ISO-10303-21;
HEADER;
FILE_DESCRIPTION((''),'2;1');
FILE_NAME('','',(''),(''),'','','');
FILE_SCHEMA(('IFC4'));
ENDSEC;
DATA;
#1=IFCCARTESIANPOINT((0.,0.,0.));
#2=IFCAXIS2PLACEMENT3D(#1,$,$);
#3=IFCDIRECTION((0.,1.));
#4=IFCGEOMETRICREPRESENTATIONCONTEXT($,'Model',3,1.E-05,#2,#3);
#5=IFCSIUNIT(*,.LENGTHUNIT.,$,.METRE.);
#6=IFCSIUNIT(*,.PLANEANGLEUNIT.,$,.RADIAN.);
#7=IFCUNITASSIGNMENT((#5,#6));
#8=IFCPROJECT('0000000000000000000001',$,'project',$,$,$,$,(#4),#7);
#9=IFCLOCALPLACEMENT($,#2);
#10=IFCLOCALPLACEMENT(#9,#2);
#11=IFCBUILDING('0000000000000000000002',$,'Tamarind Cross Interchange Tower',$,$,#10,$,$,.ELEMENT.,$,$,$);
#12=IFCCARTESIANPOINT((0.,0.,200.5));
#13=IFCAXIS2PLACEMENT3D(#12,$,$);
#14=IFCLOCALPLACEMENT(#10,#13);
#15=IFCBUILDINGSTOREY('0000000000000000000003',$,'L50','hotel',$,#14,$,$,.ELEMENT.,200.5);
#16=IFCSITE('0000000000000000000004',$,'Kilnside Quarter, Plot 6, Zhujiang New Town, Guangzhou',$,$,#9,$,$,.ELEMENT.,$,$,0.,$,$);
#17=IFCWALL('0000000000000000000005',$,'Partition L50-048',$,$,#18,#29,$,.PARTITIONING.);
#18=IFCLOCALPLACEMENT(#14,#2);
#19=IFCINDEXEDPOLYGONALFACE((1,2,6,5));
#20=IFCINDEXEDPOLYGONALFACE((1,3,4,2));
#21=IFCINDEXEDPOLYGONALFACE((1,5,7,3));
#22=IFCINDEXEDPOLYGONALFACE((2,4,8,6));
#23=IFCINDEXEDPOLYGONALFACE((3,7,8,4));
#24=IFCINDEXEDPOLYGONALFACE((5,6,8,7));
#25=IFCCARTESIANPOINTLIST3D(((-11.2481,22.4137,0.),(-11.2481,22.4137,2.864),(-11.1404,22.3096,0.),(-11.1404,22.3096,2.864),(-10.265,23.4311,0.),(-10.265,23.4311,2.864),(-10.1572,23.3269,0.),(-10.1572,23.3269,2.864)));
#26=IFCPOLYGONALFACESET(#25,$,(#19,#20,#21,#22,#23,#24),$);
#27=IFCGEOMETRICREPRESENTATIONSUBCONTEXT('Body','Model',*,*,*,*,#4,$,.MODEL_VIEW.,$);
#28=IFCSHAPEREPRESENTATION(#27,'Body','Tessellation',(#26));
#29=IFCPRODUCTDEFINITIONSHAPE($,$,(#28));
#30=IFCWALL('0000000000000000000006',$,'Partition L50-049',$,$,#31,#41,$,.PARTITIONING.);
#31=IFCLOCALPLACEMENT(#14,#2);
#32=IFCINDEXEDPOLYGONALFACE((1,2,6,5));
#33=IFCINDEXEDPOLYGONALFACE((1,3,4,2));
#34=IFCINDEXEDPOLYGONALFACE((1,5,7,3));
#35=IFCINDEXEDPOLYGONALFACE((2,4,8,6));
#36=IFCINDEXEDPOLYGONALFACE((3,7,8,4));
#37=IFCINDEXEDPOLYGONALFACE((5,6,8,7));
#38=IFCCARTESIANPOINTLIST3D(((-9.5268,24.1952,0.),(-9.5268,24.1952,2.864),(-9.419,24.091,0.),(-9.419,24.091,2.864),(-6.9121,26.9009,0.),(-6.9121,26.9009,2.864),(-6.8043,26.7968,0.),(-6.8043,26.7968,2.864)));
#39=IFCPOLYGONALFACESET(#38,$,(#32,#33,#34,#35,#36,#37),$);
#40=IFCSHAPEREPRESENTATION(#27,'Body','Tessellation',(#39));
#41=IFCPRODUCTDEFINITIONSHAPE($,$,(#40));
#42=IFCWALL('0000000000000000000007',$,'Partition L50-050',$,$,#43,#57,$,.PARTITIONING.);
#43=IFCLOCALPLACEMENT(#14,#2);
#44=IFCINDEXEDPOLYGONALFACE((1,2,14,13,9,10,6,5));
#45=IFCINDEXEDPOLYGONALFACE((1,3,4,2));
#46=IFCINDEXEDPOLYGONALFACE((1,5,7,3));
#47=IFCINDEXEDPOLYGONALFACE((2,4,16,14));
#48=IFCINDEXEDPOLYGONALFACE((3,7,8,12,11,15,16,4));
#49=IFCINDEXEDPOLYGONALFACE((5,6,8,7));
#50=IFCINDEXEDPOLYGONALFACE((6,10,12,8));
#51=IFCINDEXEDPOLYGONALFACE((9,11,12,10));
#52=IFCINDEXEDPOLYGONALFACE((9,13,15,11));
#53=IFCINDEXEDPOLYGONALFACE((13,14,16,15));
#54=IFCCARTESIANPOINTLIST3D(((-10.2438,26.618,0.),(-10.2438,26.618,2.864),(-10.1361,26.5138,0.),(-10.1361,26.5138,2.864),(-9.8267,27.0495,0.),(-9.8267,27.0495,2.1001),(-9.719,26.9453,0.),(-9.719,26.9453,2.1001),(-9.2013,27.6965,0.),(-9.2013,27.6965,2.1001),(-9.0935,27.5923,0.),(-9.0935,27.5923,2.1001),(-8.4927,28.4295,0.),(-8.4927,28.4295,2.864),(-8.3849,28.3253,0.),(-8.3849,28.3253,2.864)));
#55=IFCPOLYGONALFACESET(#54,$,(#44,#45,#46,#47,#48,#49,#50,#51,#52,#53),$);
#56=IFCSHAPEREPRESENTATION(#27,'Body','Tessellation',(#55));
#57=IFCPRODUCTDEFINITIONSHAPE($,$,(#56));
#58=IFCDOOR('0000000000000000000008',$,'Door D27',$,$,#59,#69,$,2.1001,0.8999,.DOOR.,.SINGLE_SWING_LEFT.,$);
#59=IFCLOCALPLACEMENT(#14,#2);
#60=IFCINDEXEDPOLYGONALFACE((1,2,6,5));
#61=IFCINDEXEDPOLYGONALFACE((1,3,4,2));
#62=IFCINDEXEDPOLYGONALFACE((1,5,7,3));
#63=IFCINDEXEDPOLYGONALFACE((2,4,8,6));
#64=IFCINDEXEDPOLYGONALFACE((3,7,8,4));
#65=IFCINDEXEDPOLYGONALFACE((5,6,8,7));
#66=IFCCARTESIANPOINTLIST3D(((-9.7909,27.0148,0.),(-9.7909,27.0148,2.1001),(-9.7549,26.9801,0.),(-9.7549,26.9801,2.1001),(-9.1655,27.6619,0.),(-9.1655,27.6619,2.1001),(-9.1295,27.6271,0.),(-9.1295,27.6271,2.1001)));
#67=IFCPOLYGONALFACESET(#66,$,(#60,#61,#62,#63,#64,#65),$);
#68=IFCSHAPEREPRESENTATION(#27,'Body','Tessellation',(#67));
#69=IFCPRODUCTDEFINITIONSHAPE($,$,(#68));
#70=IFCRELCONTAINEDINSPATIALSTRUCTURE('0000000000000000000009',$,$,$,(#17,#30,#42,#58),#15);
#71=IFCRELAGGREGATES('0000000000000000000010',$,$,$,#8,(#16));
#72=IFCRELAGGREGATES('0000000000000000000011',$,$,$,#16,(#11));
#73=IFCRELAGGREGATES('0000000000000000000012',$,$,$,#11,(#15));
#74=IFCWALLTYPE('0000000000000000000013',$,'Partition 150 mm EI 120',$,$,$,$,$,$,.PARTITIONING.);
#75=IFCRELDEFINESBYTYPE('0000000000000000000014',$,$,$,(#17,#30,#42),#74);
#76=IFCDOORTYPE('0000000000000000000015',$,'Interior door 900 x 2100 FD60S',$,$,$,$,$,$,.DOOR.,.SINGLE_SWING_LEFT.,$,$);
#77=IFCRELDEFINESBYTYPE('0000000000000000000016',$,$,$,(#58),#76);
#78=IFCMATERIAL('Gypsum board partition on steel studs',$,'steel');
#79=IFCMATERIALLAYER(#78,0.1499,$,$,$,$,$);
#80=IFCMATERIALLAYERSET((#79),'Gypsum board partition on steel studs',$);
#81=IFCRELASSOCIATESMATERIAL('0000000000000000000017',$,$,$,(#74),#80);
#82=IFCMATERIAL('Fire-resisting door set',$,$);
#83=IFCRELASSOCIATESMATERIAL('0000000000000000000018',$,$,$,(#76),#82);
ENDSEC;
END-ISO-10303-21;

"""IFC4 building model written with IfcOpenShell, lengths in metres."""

from ifc_helpers import new_model, si_unit, direction, frame, frame_2d, origin, place, context, subcontext, project, spatial, rectangle, extrude, material, layer, layer_set, type_object, element, fill, save


model = new_model("IFC4")

# Units and contexts
model_context = context("Model", 3, precision=1e-05, world=origin(), true_north=direction((0.0, 1.0)))
body_context = subcontext(model_context, "Body", "Model", "MODEL_VIEW")
ifc_project = project(units=[si_unit("LENGTHUNIT", "METRE"), si_unit("PLANEANGLEUNIT", "RADIAN")], contexts=[model_context])

# Site, building, storey
site_placement = place(None, origin())
site = spatial("IfcSite", under=ifc_project, at=site_placement, Name="Kilnside Quarter, Plot 6, Zhujiang New Town, Guangzhou", CompositionType="ELEMENT", RefElevation=0.0)
building_placement = place(site_placement, origin())
building = spatial("IfcBuilding", under=site, at=building_placement, Name="Tamarind Cross Interchange Tower", CompositionType="ELEMENT")
storey_placement = place(building_placement, frame((0.0, 0.0, 200.5)))
storey = spatial("IfcBuildingStorey", under=building, at=storey_placement, Name="L50", Description="hotel", CompositionType="ELEMENT", Elevation=200.5)

# Shared definitions
ifc_material_1 = material(Name="Gypsum board partition on steel studs", Category="steel")
ifc_layer_1 = layer(ifc_material_1, 0.1499)
ifc_layer_set_1 = layer_set([ifc_layer_1], Name="Gypsum board partition on steel studs")
wall_type = type_object("IfcWallType", Name="Partition 150 mm EI 120", PredefinedType="PARTITIONING", material=ifc_layer_set_1)

# Shared definitions
ifc_material_2 = material(Name="Fire-resisting door set")
door_type_1 = type_object("IfcDoorType", Name="Interior door 900 x 2100 FD60S", OperationType="SINGLE_SWING_LEFT", PredefinedType="DOOR", material=ifc_material_2)

# Walls
wall_1_placement = place(storey_placement, frame((-11.1943, 22.3616, 0.0), z_axis=(0.0, 0.0, 1.0), x_axis=(0.694924, 0.719083, 0.0)))
element("IfcWall", 1, at=wall_1_placement, inside=storey, type_object=wall_type, Name="Partition L50-048", PredefinedType="PARTITIONING", context=body_context, shape_type="SweptSolid", body=[
    extrude(rectangle(XDim=1.4148, YDim=0.1499, at=frame_2d((0.7075, 0.0))), origin(), (0.0, 0.0, 1.0), 2.864),
])
wall_2_placement = place(storey_placement, frame((-9.4729, 24.1431, 0.0), z_axis=(0.0, 0.0, 1.0), x_axis=(0.694902, 0.719104, 0.0)))
element("IfcWall", 2, at=wall_2_placement, inside=storey, type_object=wall_type, Name="Partition L50-049", PredefinedType="PARTITIONING", context=body_context, shape_type="SweptSolid", body=[
    extrude(rectangle(XDim=3.7627, YDim=0.1499, at=frame_2d((1.8813, 0.0))), origin(), (0.0, 0.0, 1.0), 2.864),
])

# Wall, opening, door
wall_3_placement = place(storey_placement, frame((-10.1899, 26.5659, 0.0), z_axis=(0.0, 0.0, 1.0), x_axis=(0.695039, 0.718972, 0.0)))
wall_3 = element("IfcWall", 3, at=wall_3_placement, inside=storey, type_object=wall_type, Name="Partition L50-050", PredefinedType="PARTITIONING", context=body_context, shape_type="SweptSolid", body=[
    extrude(rectangle(XDim=2.5195, YDim=0.1499, at=frame_2d((1.2598, 0.0))), origin(), (0.0, 0.0, 1.0), 2.864),
])
opening_1_placement = place(wall_3_placement, frame((0.6001, 0.0, 0.0)))
opening_1 = element("IfcOpeningElement", 4, at=opening_1_placement, cuts=wall_3, PredefinedType="OPENING", context=body_context, shape_type="SweptSolid", body=[
    extrude(rectangle(XDim=0.8999, YDim=2.1001, at=frame_2d((0.45, 1.05))), frame((0.0, 0.085, 0.0), z_axis=(0.0, -1.0, 0.0), x_axis=(1.0, 0.0, 0.0)), (0.0, 0.0, 1.0), 0.1699),
])
door_1_placement = place(opening_1_placement, frame((0.8999, 0.0, 0.0), z_axis=(0.0, 0.0, 1.0), x_axis=(-1.0, 0.0, 0.0)))
door_1 = element("IfcDoor", 5, at=door_1_placement, inside=storey, type_object=door_type_1, Name="Door D27", OperationType="SINGLE_SWING_LEFT", OverallHeight=2.1001, OverallWidth=0.8999, PredefinedType="DOOR", context=body_context, shape_type="SweptSolid", body=[
    extrude(rectangle(XDim=0.8999, YDim=2.1001, at=frame_2d((0.45, 1.05))), frame((0.0, 0.0249, 0.0), z_axis=(0.0, -1.0, 0.0), x_axis=(1.0, 0.0, 0.0)), (0.0, 0.0, 1.0), 0.05),
])
fill(opening_1, door_1)

save(model, "model.ifc")
